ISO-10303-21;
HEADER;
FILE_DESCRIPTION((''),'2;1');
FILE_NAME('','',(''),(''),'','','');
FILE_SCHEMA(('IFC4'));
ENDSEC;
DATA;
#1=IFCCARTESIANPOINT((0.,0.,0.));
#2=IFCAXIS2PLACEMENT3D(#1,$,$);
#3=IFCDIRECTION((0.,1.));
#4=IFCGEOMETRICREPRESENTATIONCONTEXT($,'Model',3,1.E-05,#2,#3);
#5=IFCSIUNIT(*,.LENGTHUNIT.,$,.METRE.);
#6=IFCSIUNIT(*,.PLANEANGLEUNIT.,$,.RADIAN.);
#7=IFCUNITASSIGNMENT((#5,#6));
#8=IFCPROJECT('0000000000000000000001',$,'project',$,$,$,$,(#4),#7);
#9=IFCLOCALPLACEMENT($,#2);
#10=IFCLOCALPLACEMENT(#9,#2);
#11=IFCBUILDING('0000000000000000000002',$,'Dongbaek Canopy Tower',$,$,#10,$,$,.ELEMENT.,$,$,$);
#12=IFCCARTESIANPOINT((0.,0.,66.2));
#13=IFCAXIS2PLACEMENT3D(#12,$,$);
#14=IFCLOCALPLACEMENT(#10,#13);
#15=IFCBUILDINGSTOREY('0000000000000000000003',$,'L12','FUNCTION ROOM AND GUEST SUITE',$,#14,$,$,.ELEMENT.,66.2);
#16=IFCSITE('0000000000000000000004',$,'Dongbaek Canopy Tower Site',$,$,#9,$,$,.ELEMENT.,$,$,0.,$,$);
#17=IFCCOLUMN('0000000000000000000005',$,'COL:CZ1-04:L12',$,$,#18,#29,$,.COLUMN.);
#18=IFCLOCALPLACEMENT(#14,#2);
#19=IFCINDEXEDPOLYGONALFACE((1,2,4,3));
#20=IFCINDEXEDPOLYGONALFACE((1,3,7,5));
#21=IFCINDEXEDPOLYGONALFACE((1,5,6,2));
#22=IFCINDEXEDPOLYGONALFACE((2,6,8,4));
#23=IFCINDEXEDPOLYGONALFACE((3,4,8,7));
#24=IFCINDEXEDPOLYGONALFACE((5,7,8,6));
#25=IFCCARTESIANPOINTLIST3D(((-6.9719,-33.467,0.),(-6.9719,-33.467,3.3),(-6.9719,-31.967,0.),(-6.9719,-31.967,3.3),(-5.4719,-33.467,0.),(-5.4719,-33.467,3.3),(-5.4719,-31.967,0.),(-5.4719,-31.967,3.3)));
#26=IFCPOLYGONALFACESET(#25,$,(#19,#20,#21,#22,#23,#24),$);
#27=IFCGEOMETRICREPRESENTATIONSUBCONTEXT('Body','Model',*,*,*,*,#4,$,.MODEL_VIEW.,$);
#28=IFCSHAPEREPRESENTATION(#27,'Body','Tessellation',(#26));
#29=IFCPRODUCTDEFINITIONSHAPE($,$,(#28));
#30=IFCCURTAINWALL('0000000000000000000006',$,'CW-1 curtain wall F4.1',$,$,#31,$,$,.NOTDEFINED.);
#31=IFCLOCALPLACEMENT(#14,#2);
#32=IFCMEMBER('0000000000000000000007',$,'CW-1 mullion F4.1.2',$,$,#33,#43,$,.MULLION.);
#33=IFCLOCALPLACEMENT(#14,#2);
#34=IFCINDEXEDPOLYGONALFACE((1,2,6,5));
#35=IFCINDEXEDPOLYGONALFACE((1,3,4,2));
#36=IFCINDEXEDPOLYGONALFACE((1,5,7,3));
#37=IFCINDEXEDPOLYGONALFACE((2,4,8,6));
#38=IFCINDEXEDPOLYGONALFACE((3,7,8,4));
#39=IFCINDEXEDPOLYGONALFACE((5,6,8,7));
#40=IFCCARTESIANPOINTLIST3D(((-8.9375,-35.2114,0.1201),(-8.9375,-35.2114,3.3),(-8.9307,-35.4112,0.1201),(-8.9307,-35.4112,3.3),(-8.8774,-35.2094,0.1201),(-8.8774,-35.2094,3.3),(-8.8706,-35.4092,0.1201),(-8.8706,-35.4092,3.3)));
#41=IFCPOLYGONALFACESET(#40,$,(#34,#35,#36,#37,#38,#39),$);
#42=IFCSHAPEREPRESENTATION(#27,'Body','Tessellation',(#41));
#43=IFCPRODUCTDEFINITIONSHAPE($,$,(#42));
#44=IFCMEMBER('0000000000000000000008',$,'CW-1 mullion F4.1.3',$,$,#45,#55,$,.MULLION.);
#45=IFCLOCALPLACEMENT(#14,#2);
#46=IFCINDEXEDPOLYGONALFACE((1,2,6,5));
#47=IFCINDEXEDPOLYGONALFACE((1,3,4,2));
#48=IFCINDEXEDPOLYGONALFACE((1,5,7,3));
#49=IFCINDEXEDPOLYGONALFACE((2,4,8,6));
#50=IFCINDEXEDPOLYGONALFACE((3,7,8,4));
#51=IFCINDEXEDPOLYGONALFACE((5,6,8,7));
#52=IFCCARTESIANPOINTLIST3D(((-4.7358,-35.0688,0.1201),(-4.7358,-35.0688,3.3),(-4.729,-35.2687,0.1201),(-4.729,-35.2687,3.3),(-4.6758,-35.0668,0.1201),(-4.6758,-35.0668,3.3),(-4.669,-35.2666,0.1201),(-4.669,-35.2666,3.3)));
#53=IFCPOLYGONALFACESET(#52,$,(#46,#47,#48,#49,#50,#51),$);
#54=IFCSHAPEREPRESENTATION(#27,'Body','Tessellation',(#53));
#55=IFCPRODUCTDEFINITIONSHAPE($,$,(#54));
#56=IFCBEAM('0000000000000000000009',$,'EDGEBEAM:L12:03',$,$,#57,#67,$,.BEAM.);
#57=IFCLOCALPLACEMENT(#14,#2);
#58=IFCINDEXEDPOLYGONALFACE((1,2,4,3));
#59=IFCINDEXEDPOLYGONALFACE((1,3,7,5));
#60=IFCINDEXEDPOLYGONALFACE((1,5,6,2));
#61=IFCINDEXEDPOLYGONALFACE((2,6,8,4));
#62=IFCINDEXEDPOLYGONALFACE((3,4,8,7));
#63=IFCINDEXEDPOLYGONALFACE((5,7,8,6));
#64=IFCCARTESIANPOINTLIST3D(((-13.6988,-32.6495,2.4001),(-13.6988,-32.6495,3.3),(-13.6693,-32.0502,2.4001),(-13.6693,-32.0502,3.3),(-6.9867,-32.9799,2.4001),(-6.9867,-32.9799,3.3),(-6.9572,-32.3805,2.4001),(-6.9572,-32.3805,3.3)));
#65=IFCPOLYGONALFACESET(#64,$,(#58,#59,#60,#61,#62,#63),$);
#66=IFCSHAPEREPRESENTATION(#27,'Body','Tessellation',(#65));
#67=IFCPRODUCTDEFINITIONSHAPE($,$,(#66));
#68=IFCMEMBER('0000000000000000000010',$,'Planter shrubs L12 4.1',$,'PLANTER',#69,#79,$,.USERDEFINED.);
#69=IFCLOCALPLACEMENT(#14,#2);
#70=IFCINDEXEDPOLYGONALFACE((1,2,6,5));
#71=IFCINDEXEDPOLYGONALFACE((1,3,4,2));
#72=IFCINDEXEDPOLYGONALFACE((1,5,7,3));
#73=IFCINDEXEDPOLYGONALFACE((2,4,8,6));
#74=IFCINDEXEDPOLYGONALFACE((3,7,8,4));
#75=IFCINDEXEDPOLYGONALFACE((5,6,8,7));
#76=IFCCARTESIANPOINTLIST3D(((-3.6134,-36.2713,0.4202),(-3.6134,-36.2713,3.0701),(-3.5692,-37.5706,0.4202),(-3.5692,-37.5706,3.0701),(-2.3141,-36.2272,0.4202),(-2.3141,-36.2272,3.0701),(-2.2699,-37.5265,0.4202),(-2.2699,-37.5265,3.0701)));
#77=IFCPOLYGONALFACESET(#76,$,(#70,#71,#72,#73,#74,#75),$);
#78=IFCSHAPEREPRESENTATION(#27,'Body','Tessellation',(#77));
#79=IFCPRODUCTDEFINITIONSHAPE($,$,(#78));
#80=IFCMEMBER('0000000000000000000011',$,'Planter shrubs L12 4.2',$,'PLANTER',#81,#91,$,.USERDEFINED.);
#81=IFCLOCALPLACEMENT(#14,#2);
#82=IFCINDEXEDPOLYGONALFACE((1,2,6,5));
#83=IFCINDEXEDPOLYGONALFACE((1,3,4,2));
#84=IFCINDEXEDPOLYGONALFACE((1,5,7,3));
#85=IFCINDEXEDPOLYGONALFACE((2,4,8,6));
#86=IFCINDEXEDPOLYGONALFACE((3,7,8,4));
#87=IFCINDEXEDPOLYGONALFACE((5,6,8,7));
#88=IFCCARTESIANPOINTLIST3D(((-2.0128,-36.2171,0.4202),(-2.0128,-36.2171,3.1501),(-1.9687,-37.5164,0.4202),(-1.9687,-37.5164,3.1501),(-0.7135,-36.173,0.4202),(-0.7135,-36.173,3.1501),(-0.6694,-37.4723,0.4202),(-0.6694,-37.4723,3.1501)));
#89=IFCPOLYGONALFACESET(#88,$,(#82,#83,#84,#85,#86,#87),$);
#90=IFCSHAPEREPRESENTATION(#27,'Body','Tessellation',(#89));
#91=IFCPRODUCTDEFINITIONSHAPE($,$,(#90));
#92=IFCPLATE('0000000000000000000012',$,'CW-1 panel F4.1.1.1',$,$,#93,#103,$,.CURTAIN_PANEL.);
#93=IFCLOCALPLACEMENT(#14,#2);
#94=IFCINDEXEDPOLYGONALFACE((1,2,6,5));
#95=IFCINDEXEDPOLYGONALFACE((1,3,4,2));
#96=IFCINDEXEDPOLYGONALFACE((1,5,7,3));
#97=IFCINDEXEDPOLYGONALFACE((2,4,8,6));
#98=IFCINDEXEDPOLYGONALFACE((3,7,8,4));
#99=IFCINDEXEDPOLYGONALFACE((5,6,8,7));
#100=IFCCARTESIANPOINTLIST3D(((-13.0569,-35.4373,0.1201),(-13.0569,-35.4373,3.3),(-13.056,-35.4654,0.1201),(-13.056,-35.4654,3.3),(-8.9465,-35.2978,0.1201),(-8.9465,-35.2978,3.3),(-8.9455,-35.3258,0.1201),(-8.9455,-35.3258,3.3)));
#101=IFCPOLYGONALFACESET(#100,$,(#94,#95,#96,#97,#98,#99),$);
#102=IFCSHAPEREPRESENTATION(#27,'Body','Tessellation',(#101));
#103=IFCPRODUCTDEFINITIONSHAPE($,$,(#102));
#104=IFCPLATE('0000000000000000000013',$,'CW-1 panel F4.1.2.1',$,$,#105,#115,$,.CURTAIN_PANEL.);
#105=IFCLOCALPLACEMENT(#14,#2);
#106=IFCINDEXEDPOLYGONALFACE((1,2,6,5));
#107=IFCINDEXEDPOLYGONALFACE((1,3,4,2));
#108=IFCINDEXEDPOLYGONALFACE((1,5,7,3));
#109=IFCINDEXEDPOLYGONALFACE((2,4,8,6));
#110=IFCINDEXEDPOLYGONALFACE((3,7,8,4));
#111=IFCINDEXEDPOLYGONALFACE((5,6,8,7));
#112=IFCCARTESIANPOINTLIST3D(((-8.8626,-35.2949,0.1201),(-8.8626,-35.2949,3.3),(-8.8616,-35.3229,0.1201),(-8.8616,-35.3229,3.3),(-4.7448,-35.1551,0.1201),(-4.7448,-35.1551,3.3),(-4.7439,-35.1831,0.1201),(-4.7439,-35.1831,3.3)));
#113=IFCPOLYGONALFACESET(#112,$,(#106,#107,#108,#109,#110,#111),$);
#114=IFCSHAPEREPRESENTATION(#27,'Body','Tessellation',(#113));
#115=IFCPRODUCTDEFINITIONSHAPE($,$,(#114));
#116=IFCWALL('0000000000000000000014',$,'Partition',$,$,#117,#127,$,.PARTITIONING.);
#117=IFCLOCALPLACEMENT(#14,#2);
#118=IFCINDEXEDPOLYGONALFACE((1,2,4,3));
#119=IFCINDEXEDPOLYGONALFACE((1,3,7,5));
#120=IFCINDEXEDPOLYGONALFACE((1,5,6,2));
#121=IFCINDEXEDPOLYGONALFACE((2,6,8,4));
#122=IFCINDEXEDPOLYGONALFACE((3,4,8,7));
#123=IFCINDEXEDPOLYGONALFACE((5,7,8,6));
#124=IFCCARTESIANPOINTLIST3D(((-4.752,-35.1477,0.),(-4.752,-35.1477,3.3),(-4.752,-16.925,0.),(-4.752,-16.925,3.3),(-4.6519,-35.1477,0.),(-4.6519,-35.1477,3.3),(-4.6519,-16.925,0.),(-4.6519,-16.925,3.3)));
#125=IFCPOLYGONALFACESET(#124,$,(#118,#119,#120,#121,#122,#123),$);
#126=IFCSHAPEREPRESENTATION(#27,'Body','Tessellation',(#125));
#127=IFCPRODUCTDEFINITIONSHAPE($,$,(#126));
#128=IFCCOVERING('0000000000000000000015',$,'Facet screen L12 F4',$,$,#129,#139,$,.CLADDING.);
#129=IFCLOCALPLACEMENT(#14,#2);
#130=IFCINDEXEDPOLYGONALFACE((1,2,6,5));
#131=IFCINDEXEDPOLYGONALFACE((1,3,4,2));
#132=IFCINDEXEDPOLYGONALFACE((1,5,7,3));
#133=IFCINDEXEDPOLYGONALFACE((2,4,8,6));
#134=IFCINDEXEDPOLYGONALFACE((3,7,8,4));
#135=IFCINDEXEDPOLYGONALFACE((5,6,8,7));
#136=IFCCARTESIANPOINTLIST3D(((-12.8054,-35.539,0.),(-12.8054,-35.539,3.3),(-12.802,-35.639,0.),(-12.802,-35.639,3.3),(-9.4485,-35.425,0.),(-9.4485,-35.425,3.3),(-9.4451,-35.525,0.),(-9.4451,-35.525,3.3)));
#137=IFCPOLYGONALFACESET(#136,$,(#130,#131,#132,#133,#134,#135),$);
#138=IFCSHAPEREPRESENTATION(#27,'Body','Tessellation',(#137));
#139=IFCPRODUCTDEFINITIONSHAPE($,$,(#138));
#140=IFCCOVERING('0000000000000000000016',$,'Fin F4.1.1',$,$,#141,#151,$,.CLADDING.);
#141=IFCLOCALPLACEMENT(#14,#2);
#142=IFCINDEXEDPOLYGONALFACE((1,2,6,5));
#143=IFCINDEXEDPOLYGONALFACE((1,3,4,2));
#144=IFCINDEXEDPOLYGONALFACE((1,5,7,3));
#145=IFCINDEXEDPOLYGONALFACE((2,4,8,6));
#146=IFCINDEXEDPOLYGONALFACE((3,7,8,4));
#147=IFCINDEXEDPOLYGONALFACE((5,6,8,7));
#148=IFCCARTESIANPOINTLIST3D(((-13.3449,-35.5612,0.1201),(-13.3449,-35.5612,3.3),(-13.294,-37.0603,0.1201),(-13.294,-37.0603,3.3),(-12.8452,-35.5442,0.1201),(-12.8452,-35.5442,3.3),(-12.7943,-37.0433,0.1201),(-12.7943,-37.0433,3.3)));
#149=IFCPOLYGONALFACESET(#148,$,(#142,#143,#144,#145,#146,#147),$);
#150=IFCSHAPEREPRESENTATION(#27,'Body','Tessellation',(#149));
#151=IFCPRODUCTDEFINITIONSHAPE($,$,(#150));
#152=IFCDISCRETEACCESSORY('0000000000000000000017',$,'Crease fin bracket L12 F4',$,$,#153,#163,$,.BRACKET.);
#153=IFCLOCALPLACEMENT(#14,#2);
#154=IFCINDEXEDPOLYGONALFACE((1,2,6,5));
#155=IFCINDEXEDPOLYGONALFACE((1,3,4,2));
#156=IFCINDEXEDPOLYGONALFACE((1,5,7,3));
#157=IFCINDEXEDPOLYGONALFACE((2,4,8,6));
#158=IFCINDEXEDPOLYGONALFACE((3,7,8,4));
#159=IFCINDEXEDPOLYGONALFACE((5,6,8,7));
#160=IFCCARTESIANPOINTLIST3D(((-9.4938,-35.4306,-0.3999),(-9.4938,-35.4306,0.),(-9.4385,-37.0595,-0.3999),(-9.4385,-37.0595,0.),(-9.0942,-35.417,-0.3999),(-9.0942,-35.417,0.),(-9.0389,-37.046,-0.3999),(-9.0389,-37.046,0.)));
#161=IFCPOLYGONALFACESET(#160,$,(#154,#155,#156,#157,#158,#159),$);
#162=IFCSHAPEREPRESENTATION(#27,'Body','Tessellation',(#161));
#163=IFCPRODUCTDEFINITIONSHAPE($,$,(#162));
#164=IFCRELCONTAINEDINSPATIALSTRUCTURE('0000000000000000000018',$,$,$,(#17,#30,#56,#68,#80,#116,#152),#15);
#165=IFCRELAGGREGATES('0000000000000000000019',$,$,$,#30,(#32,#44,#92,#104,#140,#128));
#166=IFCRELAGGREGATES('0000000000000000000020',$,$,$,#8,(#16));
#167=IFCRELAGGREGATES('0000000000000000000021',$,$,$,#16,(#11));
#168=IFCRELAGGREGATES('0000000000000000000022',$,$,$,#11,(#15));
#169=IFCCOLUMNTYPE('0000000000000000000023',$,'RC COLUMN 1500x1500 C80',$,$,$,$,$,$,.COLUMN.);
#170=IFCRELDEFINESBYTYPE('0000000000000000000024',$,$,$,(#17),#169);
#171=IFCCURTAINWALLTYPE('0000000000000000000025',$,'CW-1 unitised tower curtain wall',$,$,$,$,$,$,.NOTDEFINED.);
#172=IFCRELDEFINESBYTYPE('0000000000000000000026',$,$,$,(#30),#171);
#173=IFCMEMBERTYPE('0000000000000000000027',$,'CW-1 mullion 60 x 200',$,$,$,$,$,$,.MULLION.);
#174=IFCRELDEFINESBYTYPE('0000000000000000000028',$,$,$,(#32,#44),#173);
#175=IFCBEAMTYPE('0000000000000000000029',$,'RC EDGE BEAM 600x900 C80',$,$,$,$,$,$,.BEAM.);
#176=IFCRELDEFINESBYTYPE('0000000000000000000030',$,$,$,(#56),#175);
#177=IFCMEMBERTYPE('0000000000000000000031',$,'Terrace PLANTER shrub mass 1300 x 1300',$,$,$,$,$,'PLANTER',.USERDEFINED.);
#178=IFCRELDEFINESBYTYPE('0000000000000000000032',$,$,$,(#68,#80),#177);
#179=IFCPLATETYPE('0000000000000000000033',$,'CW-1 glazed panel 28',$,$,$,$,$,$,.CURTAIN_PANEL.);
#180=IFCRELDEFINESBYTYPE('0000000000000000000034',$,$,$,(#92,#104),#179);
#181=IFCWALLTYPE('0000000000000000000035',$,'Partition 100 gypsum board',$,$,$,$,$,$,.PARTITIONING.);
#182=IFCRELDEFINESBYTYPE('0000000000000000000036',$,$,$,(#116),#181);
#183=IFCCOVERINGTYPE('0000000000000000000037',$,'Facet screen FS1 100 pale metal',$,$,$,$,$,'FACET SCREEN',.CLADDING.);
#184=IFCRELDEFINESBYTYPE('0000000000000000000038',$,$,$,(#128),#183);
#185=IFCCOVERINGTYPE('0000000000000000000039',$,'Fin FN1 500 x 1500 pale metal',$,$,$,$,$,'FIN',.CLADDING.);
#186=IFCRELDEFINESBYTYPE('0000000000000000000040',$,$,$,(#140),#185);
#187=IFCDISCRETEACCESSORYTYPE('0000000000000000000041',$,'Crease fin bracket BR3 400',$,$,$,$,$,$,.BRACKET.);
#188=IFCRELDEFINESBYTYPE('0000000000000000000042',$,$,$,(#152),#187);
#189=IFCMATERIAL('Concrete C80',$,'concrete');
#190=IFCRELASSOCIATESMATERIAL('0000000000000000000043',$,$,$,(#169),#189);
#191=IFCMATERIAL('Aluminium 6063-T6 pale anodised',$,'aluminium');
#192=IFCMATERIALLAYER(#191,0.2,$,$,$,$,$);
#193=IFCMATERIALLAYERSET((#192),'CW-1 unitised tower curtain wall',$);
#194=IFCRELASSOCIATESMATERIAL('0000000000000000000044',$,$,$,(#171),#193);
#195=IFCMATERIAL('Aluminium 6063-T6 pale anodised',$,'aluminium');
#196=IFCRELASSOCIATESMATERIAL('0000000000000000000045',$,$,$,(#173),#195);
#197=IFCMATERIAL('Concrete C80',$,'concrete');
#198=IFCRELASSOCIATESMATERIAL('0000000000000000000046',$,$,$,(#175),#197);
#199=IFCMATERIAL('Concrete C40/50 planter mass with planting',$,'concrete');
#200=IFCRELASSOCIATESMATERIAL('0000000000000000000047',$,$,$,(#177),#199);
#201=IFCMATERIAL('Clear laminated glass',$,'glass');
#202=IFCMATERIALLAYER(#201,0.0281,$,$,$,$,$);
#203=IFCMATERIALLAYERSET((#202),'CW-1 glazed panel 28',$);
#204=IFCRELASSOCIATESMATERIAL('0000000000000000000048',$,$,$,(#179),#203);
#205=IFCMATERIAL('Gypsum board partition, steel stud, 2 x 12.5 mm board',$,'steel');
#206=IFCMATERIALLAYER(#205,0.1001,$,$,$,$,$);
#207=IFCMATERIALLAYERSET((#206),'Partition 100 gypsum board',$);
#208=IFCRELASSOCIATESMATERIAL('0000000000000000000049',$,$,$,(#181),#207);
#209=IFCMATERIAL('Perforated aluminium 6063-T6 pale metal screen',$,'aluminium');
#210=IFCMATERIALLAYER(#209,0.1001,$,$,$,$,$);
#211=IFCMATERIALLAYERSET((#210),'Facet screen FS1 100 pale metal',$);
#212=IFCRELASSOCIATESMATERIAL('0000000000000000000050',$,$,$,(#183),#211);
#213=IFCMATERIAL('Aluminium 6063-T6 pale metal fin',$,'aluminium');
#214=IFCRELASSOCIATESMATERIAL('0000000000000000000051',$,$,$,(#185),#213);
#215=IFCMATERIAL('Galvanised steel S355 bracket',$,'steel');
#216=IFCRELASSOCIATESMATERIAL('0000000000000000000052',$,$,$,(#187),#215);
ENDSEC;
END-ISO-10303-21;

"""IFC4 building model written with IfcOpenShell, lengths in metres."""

from ifc_helpers import new_model, si_unit, direction, frame, frame_2d, origin, origin_2d, place, context, subcontext, project, spatial, rectangle, extrude, material, layer, layer_set, material_profile, profile_set, type_object, element, aggregate, save


model = new_model("IFC4")

# Units and contexts
model_context = context("Model", 3, precision=1e-05, world=origin(), true_north=direction((0.0, 1.0)))
body_context = subcontext(model_context, "Body", "Model", "MODEL_VIEW")
ifc_project = project(units=[si_unit("LENGTHUNIT", "METRE"), si_unit("PLANEANGLEUNIT", "RADIAN")], contexts=[model_context])

# Site, building, storey
site_placement = place(None, origin())
site = spatial("IfcSite", under=ifc_project, at=site_placement, Name="Dongbaek Canopy Tower Site", CompositionType="ELEMENT", RefElevation=0.0)
building_placement = place(site_placement, origin())
building = spatial("IfcBuilding", under=site, at=building_placement, Name="Dongbaek Canopy Tower", CompositionType="ELEMENT")
storey_placement = place(building_placement, frame((0.0, 0.0, 66.2)))
storey = spatial("IfcBuildingStorey", under=building, at=storey_placement, Name="L12", Description="FUNCTION ROOM AND GUEST SUITE", CompositionType="ELEMENT", Elevation=66.2)

# Column
ifc_material_1 = material(Name="Concrete C80", Category="concrete")
ifc_material_profile_1 = material_profile(ifc_material_1, rectangle(XDim=1.5, YDim=1.5, at=origin_2d()), Name="RC COLUMN 1500x1500 C80")
ifc_profile_set_1 = profile_set([ifc_material_profile_1], Name="Concrete C80")
column_type = type_object("IfcColumnType", Name="RC COLUMN 1500x1500 C80", PredefinedType="COLUMN", material=ifc_profile_set_1)
column_placement = place(storey_placement, frame((-6.2219, -32.717, 0.0), z_axis=(0.0, 0.0, 1.0), x_axis=(1.0, 0.0, 0.0)))
element("IfcColumn", 1, at=column_placement, inside=storey, type_object=column_type, Name="COL:CZ1-04:L12", PredefinedType="COLUMN", context=body_context, shape_type="SweptSolid", body=[
    extrude(rectangle(XDim=1.5, YDim=1.5, at=origin_2d()), origin(), (0.0, 0.0, 1.0), 3.3),
])

# Curtain wall, members
ifc_material_2 = material(Name="Aluminium 6063-T6 pale anodised", Category="aluminium")
ifc_layer_1 = layer(ifc_material_2, 0.2)
ifc_layer_set_1 = layer_set([ifc_layer_1], Name="CW-1 unitised tower curtain wall")
curtain_wall_type = type_object("IfcCurtainWallType", Name="CW-1 unitised tower curtain wall", PredefinedType="NOTDEFINED", material=ifc_layer_set_1)
curtain_wall_placement = place(storey_placement, origin())
curtain_wall = element("IfcCurtainWall", 2, at=curtain_wall_placement, inside=storey, type_object=curtain_wall_type, Name="CW-1 curtain wall F4.1", PredefinedType="NOTDEFINED")
ifc_material_3 = material(Name="Aluminium 6063-T6 pale anodised", Category="aluminium")
ifc_material_profile_2 = material_profile(ifc_material_3, rectangle(XDim=0.2, YDim=0.0601, at=origin_2d()), Name="CW-1 mullion 60 x 200")
ifc_profile_set_2 = profile_set([ifc_material_profile_2], Name="Aluminium 6063-T6 pale anodised")
member_type_1 = type_object("IfcMemberType", Name="CW-1 mullion 60 x 200", PredefinedType="MULLION", material=ifc_profile_set_2)
member_1_placement = place(storey_placement, frame((-8.9041, -35.3103, 0.1201), z_axis=(0.0, 0.0, 1.0), x_axis=(0.033933, -0.999424, 0.0)))
member_1 = element("IfcMember", 3, at=member_1_placement, type_object=member_type_1, Name="CW-1 mullion F4.1.2", PredefinedType="MULLION", context=body_context, shape_type="SweptSolid", body=[
    extrude(rectangle(XDim=0.2, YDim=0.0601, at=origin_2d()), origin(), (0.0, 0.0, 1.0), 3.1799),
])
member_2_placement = place(storey_placement, frame((-4.7024, -35.1677, 0.1201), z_axis=(0.0, 0.0, 1.0), x_axis=(0.033933, -0.999424, 0.0)))
member_2 = element("IfcMember", 4, at=member_2_placement, type_object=member_type_1, Name="CW-1 mullion F4.1.3", PredefinedType="MULLION", context=body_context, shape_type="SweptSolid", body=[
    extrude(rectangle(XDim=0.2, YDim=0.0601, at=origin_2d()), origin(), (0.0, 0.0, 1.0), 3.1799),
])

# Beam
ifc_material_4 = material(Name="Concrete C80", Category="concrete")
ifc_material_profile_3 = material_profile(ifc_material_4, rectangle(XDim=0.6001, YDim=0.8999, at=origin_2d()), Name="RC EDGE BEAM 600x900 C80")
ifc_profile_set_3 = profile_set([ifc_material_profile_3], Name="Concrete C80")
beam_type = type_object("IfcBeamType", Name="RC EDGE BEAM 600x900 C80", PredefinedType="BEAM", material=ifc_profile_set_3)
beam_placement = place(storey_placement, frame((-6.9719, -32.6802, 2.8501), z_axis=(-0.998791, 0.049153, 0.0), x_axis=(-0.049153, -0.998791, 0.0)))
element("IfcBeam", 5, at=beam_placement, inside=storey, type_object=beam_type, Name="EDGEBEAM:L12:03", PredefinedType="BEAM", context=body_context, shape_type="SweptSolid", body=[
    extrude(rectangle(XDim=0.6001, YDim=0.8999, at=origin_2d()), origin(), (0.0, 0.0, 1.0), 6.7202),
])

# Members
ifc_material_5 = material(Name="Concrete C40/50 planter mass with planting", Category="concrete")
ifc_material_profile_4 = material_profile(ifc_material_5, rectangle(XDim=1.3, YDim=1.3, at=origin_2d()), Name="Terrace PLANTER shrub mass 1300 x 1300")
ifc_profile_set_4 = profile_set([ifc_material_profile_4], Name="Concrete C40/50 planter mass with planting")
member_type_2 = type_object("IfcMemberType", Name="Terrace PLANTER shrub mass 1300 x 1300", ElementType="PLANTER", PredefinedType="USERDEFINED", material=ifc_profile_set_4)
member_3_placement = place(storey_placement, frame((-2.9417, -36.8989, 0.4202), z_axis=(0.0, 0.0, 1.0), x_axis=(0.033933, -0.999424, 0.0)))
element("IfcMember", 6, at=member_3_placement, inside=storey, type_object=member_type_2, Name="Planter shrubs L12 4.1", ObjectType="PLANTER", PredefinedType="USERDEFINED", context=body_context, shape_type="SweptSolid", body=[
    extrude(rectangle(XDim=1.3, YDim=1.3, at=origin_2d()), origin(), (0.0, 0.0, 1.0), 2.6499),
])
member_4_placement = place(storey_placement, frame((-1.3411, -36.8447, 0.4202), z_axis=(0.0, 0.0, 1.0), x_axis=(0.033933, -0.999424, 0.0)))
element("IfcMember", 7, at=member_4_placement, inside=storey, type_object=member_type_2, Name="Planter shrubs L12 4.2", ObjectType="PLANTER", PredefinedType="USERDEFINED", context=body_context, shape_type="SweptSolid", body=[
    extrude(rectangle(XDim=1.3, YDim=1.3, at=origin_2d()), origin(), (0.0, 0.0, 1.0), 2.73),
])

# Plates
ifc_material_6 = material(Name="Clear laminated glass", Category="glass")
ifc_layer_2 = layer(ifc_material_6, 0.0281)
ifc_layer_set_2 = layer_set([ifc_layer_2], Name="CW-1 glazed panel 28")
plate_type = type_object("IfcPlateType", Name="CW-1 glazed panel 28", PredefinedType="CURTAIN_PANEL", material=ifc_layer_set_2)
plate_1_placement = place(storey_placement, frame((-11.0012, -35.3816, 0.1201), z_axis=(0.0, 0.0, 1.0), x_axis=(0.999424, 0.033933, 0.0)))
plate_1 = element("IfcPlate", 8, at=plate_1_placement, type_object=plate_type, Name="CW-1 panel F4.1.1.1", PredefinedType="CURTAIN_PANEL", context=body_context, shape_type="SweptSolid", body=[
    extrude(rectangle(XDim=4.1128, YDim=0.0281, at=origin_2d()), origin(), (0.0, 0.0, 1.0), 3.1799),
])
plate_2_placement = place(storey_placement, frame((-6.8032, -35.239, 0.1201), z_axis=(0.0, 0.0, 1.0), x_axis=(0.999424, 0.033933, 0.0)))
plate_2 = element("IfcPlate", 9, at=plate_2_placement, type_object=plate_type, Name="CW-1 panel F4.1.2.1", PredefinedType="CURTAIN_PANEL", context=body_context, shape_type="SweptSolid", body=[
    extrude(rectangle(XDim=4.1201, YDim=0.0281, at=origin_2d()), origin(), (0.0, 0.0, 1.0), 3.1799),
])

# Wall
ifc_material_7 = material(Name="Gypsum board partition, steel stud, 2 x 12.5 mm board", Category="steel")
ifc_layer_3 = layer(ifc_material_7, 0.1001)
ifc_layer_set_3 = layer_set([ifc_layer_3], Name="Partition 100 gypsum board")
wall_type_1 = type_object("IfcWallType", Name="Partition 100 gypsum board", PredefinedType="PARTITIONING", material=ifc_layer_set_3)
wall_1_placement = place(storey_placement, frame((-4.7019, -35.1477, 0.0), z_axis=(0.0, 0.0, 1.0), x_axis=(0.0, 1.0, 0.0)))
element("IfcWall", 10, at=wall_1_placement, inside=storey, type_object=wall_type_1, Name="Partition", PredefinedType="PARTITIONING", context=body_context, shape_type="SweptSolid", body=[
    extrude(rectangle(XDim=18.2227, YDim=0.1001, at=frame_2d((9.1113, 0.0))), origin(), (0.0, 0.0, 1.0), 3.3),
])

# Coverings
ifc_material_8 = material(Name="Perforated aluminium 6063-T6 pale metal screen", Category="aluminium")
ifc_layer_4 = layer(ifc_material_8, 0.1001)
ifc_layer_set_4 = layer_set([ifc_layer_4], Name="Facet screen FS1 100 pale metal")
covering_type_1 = type_object("IfcCoveringType", Name="Facet screen FS1 100 pale metal", ElementType="FACET SCREEN", PredefinedType="CLADDING", material=ifc_layer_set_4)
covering_1_placement = place(storey_placement, frame((-11.1252, -35.532, 0.0), z_axis=(0.0, 0.0, 1.0), x_axis=(0.999424, 0.033933, 0.0)))
covering_1 = element("IfcCovering", 11, at=covering_1_placement, type_object=covering_type_1, Name="Facet screen L12 F4", PredefinedType="CLADDING", context=body_context, shape_type="SweptSolid", body=[
    extrude(rectangle(XDim=3.3589, YDim=0.1001, at=origin_2d()), origin(), (0.0, 0.0, 1.0), 3.3),
])
ifc_material_9 = material(Name="Aluminium 6063-T6 pale metal fin", Category="aluminium")
ifc_material_profile_5 = material_profile(ifc_material_9, rectangle(XDim=1.5, YDim=0.5, at=origin_2d()), Name="Fin FN1 500 x 1500 pale metal")
ifc_profile_set_5 = profile_set([ifc_material_profile_5], Name="Aluminium 6063-T6 pale metal fin")
covering_type_2 = type_object("IfcCoveringType", Name="Fin FN1 500 x 1500 pale metal", ElementType="FIN", PredefinedType="CLADDING", material=ifc_profile_set_5)
covering_2_placement = place(storey_placement, frame((-13.0696, -36.3022, 0.1201), z_axis=(0.0, 0.0, 1.0), x_axis=(0.033933, -0.999424, 0.0)))
covering_2 = element("IfcCovering", 12, at=covering_2_placement, type_object=covering_type_2, Name="Fin F4.1.1", PredefinedType="CLADDING", context=body_context, shape_type="SweptSolid", body=[
    extrude(rectangle(XDim=1.5, YDim=0.5, at=origin_2d()), origin(), (0.0, 0.0, 1.0), 3.1799),
])
aggregate(curtain_wall, [member_1, member_2, plate_1, plate_2, covering_2, covering_1])

# Discrete accessory
ifc_material_10 = material(Name="Galvanised steel S355 bracket", Category="steel")
discrete_accessory_type = type_object("IfcDiscreteAccessoryType", Name="Crease fin bracket BR3 400", PredefinedType="BRACKET", material=ifc_material_10)
discrete_accessory_placement = place(storey_placement, frame((-9.2664, -36.2383, -0.3999), z_axis=(0.0, 0.0, 1.0), x_axis=(0.033933, -0.999424, 0.0)))
element("IfcDiscreteAccessory", 13, at=discrete_accessory_placement, inside=storey, type_object=discrete_accessory_type, Name="Crease fin bracket L12 F4", PredefinedType="BRACKET", context=body_context, shape_type="SweptSolid", body=[
    extrude(rectangle(XDim=1.6299, YDim=0.3999, at=origin_2d()), origin(), (0.0, 0.0, 1.0), 0.3999),
])

save(model, "model.ifc")
